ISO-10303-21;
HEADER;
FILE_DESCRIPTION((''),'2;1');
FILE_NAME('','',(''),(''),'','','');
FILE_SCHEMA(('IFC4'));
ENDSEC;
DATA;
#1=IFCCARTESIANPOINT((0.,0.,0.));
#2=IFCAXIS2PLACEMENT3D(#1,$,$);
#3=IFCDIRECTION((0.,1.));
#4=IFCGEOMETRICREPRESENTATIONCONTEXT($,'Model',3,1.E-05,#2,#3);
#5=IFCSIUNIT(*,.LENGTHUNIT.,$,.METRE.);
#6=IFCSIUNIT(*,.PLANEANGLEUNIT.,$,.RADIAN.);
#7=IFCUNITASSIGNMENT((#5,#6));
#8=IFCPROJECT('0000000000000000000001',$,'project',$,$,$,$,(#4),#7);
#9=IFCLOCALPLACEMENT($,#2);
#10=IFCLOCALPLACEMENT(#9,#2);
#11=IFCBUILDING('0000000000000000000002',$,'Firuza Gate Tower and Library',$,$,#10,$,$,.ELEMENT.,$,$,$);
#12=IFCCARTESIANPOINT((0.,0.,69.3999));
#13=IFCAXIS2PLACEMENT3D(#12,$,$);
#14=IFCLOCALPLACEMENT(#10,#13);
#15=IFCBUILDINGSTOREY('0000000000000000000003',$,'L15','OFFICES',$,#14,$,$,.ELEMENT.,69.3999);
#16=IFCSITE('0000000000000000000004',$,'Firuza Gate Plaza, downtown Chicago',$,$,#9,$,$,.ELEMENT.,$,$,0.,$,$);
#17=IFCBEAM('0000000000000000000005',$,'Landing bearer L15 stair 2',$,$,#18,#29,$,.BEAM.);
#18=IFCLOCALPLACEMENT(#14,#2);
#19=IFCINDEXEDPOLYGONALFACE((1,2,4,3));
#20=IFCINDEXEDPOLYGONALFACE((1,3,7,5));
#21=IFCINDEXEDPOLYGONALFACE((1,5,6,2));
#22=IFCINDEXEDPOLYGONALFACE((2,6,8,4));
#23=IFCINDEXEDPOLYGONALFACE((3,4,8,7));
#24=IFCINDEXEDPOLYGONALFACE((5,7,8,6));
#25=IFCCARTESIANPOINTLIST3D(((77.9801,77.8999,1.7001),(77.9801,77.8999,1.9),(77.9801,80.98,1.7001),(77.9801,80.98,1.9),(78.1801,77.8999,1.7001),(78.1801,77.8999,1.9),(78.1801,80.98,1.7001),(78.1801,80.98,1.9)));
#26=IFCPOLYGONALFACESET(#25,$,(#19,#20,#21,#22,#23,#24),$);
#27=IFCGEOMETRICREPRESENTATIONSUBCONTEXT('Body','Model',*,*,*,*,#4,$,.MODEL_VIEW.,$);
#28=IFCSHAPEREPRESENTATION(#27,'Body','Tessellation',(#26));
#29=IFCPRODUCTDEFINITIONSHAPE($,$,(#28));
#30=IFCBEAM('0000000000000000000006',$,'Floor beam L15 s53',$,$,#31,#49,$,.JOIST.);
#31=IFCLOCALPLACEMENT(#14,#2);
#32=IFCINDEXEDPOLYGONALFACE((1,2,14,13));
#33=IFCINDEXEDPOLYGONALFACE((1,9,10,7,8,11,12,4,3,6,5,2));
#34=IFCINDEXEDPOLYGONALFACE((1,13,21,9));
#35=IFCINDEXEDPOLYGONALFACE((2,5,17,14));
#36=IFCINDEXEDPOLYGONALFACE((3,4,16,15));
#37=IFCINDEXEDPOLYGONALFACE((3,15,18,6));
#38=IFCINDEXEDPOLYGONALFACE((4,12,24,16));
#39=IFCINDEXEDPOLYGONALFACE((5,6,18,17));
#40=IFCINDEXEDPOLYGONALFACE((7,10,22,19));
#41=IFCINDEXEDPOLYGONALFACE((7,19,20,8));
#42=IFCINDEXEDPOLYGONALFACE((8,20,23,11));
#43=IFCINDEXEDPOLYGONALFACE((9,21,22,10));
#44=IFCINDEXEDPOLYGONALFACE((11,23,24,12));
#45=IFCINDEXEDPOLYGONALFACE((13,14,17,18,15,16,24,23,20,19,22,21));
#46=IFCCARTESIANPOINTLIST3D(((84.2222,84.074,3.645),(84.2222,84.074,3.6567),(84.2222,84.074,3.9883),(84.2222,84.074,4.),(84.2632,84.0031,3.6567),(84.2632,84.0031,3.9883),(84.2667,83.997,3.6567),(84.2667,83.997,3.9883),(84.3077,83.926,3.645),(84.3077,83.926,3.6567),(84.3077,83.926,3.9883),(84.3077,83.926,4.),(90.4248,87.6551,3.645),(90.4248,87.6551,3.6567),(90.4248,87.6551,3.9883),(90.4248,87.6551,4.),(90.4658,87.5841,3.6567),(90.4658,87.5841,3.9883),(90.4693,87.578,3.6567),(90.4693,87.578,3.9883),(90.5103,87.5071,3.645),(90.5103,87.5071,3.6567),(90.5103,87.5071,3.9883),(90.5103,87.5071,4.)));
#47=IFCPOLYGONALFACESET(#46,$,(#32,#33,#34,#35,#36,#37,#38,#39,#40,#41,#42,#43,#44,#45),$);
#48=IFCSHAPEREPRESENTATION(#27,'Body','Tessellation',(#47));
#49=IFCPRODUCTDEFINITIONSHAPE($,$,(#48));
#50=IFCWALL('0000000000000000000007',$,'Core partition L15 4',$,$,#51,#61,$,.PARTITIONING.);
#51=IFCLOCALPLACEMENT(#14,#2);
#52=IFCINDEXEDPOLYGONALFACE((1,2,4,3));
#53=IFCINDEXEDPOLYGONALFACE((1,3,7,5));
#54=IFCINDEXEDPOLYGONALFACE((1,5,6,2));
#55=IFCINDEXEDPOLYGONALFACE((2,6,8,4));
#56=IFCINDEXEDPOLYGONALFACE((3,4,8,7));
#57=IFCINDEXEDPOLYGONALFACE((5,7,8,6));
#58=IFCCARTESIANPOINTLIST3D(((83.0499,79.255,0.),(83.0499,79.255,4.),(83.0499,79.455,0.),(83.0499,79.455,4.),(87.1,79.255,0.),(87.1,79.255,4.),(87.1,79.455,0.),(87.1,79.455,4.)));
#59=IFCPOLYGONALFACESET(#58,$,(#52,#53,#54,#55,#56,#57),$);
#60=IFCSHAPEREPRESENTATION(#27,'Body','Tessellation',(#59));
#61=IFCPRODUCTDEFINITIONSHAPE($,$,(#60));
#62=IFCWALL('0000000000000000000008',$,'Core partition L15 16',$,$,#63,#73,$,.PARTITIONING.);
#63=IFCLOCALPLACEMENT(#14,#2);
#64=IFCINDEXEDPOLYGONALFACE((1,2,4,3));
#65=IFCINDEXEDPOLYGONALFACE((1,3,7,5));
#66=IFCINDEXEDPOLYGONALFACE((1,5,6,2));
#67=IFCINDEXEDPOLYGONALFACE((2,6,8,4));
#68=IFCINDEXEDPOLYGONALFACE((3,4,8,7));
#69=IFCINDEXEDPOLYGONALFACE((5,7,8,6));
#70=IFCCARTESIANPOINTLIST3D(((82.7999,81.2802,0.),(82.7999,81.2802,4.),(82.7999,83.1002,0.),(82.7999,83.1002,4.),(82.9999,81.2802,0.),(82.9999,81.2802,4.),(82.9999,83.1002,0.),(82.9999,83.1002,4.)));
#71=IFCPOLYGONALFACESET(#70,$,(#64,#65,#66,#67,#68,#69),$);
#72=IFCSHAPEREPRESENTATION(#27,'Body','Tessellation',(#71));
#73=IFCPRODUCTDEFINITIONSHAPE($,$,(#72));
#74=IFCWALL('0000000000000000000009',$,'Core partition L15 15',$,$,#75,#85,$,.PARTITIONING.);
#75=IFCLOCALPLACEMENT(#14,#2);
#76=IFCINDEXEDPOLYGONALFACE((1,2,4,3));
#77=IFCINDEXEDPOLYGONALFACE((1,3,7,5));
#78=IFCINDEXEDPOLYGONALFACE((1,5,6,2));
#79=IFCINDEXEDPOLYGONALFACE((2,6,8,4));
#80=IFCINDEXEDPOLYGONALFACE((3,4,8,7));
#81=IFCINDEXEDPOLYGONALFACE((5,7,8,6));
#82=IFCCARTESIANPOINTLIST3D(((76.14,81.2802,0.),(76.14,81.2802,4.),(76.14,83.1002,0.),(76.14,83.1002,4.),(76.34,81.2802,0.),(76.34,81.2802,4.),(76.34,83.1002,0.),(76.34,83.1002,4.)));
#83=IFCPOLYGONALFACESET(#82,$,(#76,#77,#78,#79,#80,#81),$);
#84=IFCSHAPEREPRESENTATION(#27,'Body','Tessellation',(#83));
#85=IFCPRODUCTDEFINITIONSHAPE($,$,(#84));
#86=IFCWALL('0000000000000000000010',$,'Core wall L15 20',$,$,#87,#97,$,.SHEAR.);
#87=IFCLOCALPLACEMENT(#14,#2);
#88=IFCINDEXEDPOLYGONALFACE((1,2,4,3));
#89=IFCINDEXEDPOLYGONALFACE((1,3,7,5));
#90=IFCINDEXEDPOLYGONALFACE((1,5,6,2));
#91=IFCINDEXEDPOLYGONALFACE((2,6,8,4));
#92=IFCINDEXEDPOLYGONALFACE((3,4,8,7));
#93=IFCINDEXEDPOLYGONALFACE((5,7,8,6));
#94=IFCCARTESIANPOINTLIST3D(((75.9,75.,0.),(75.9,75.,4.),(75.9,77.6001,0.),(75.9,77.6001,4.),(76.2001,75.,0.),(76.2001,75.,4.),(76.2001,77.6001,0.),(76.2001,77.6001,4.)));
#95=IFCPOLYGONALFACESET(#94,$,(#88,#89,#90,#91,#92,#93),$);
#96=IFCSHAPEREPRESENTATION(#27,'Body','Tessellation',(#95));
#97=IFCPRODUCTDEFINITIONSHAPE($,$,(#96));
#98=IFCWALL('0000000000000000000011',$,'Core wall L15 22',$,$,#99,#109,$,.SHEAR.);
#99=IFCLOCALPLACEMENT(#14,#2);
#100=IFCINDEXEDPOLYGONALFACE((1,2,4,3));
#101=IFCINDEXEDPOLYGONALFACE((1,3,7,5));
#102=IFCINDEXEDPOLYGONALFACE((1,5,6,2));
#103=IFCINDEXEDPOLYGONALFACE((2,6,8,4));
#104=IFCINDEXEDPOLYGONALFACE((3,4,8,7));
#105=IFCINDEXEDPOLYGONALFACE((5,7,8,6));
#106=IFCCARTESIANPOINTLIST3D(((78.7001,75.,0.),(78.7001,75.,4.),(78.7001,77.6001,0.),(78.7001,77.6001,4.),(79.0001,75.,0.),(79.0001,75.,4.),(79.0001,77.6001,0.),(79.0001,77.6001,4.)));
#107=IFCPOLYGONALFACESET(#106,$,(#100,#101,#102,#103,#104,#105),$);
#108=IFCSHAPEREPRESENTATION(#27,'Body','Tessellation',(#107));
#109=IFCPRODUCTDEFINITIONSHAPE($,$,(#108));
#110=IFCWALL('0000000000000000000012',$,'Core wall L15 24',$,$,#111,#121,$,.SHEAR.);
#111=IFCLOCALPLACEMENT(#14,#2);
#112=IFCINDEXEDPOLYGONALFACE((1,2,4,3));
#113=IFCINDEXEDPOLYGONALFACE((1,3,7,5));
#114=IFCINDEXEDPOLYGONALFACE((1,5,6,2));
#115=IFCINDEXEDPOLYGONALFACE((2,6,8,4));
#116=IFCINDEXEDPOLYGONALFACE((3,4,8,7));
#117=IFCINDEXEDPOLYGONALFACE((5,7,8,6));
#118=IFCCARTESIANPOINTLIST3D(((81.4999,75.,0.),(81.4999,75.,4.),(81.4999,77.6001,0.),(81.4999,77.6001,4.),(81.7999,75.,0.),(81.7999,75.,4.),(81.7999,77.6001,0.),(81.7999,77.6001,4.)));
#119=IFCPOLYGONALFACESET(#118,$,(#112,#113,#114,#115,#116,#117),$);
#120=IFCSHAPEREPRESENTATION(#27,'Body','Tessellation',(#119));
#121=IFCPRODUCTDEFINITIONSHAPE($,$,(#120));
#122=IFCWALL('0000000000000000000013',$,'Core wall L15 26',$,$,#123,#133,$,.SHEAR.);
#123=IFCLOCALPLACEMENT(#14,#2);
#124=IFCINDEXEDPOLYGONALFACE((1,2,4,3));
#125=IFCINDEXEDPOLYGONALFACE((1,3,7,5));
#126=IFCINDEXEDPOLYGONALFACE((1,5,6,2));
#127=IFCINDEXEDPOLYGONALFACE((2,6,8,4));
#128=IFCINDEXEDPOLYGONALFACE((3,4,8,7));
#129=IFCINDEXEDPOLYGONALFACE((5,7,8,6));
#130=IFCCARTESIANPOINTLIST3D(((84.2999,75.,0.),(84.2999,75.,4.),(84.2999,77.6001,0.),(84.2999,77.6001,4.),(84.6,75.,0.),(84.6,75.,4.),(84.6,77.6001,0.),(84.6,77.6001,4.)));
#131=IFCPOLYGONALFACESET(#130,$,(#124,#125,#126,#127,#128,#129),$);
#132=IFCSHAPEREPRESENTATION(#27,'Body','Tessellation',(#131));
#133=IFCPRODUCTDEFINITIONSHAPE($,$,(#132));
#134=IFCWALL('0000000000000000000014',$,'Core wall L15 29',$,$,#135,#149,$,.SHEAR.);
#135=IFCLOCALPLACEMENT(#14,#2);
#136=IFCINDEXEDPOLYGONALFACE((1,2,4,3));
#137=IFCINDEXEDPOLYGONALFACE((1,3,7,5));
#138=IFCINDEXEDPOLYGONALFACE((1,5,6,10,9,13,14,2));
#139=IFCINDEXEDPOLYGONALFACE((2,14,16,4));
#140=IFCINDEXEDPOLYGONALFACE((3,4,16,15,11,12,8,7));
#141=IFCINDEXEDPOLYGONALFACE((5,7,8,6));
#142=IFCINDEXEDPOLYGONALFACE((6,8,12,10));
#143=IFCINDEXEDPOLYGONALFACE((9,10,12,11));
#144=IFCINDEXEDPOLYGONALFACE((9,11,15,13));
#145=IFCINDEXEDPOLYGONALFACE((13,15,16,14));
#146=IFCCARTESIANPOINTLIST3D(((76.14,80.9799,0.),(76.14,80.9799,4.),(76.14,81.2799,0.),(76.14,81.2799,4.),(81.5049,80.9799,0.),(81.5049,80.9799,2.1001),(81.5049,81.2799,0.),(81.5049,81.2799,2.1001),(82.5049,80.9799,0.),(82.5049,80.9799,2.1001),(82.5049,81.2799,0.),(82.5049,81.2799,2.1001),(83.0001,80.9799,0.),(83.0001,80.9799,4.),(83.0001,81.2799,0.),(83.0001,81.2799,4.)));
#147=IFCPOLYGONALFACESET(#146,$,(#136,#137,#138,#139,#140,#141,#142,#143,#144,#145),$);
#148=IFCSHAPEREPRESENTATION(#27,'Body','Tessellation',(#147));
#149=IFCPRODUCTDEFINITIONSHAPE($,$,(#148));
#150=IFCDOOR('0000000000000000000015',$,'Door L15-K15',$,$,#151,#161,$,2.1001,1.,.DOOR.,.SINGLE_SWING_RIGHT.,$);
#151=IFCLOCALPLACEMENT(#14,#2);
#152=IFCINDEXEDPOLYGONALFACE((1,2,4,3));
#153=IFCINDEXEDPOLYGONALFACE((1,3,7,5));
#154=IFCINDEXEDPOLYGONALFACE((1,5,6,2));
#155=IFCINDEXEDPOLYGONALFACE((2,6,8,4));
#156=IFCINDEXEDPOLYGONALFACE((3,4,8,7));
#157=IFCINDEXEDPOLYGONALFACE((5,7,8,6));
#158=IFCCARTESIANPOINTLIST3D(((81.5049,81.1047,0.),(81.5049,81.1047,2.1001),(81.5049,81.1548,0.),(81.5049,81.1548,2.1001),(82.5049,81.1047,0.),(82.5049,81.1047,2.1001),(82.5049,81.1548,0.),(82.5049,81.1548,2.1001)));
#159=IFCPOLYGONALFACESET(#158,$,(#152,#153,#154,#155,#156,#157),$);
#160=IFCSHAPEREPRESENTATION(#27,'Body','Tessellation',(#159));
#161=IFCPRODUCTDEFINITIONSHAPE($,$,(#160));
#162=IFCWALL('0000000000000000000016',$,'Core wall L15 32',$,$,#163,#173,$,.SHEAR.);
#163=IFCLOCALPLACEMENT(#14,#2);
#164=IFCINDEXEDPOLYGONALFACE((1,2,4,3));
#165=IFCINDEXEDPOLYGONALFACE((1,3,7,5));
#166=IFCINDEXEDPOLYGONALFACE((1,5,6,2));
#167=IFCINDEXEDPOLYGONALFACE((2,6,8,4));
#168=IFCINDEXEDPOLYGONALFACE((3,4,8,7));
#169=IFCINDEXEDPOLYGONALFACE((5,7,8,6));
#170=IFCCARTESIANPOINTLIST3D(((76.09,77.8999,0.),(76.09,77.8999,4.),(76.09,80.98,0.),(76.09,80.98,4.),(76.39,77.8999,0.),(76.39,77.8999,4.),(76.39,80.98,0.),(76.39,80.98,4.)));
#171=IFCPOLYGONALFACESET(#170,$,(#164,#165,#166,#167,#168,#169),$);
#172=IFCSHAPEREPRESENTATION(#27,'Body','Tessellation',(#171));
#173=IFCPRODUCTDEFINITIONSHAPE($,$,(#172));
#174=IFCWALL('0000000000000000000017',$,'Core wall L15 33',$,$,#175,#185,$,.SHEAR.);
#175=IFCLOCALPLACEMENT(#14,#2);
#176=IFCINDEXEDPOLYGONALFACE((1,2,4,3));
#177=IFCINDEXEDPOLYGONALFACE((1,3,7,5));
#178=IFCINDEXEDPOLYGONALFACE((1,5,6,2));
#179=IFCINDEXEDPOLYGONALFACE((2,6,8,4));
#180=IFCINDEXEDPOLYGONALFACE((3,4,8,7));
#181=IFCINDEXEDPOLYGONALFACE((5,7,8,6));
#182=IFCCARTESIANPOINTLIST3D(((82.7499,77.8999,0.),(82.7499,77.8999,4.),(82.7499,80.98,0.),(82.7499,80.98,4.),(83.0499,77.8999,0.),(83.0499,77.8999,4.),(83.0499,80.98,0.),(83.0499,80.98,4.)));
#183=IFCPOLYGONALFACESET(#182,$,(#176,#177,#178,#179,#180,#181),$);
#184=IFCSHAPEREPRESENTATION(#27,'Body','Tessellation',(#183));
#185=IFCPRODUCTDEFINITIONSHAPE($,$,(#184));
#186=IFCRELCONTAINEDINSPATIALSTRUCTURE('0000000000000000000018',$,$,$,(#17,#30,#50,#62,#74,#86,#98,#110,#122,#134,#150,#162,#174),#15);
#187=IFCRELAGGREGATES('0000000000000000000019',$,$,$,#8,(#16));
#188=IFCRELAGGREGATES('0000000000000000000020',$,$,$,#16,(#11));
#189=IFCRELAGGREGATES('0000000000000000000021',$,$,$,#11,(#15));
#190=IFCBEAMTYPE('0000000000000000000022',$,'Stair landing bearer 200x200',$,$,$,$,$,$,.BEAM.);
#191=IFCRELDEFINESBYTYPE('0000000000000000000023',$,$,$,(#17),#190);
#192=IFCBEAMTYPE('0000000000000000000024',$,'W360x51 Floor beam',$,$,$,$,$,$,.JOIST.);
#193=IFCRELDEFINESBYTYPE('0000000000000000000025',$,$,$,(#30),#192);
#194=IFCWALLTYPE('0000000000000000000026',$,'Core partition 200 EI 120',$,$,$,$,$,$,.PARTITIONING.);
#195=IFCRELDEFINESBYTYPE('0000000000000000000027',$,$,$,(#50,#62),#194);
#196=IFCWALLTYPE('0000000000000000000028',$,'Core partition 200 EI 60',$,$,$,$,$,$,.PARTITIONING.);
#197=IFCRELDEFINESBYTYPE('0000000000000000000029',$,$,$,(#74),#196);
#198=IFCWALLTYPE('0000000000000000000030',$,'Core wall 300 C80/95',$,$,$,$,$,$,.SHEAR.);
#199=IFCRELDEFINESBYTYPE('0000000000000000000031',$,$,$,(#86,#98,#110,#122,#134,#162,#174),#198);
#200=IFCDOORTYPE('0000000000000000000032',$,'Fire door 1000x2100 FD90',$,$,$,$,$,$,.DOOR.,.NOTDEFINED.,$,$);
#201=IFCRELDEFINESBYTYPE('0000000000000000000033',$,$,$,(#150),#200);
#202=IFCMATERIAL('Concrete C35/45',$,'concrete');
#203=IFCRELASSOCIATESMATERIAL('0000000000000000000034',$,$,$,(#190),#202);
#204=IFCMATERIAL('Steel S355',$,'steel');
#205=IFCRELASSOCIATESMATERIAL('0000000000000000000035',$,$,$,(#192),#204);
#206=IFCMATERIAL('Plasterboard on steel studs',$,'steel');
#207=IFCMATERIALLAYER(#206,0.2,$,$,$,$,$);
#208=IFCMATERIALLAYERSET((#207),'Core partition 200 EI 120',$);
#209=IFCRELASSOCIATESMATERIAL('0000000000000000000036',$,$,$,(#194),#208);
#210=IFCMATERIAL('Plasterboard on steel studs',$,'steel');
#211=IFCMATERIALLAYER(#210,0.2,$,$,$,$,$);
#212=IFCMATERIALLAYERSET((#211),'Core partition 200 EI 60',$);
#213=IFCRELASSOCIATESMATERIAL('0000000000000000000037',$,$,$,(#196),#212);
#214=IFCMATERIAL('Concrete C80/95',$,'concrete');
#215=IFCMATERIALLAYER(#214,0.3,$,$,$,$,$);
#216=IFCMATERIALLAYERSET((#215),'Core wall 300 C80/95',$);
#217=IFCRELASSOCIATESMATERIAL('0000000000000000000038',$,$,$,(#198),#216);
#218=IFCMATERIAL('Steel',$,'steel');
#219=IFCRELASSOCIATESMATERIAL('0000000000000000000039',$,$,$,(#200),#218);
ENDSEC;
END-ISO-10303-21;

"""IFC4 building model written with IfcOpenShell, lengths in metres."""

from ifc_helpers import new_model, si_unit, direction, frame, frame_2d, origin, origin_2d, place, context, subcontext, project, spatial, rectangle, i_section, extrude, material, layer, layer_set, material_profile, profile_set, type_object, element, fill, save


model = new_model("IFC4")

# Units and contexts
model_context = context("Model", 3, precision=1e-05, world=origin(), true_north=direction((0.0, 1.0)))
body_context = subcontext(model_context, "Body", "Model", "MODEL_VIEW")
ifc_project = project(units=[si_unit("LENGTHUNIT", "METRE"), si_unit("PLANEANGLEUNIT", "RADIAN")], contexts=[model_context])

# Site, building, storey
site_placement = place(None, origin())
site = spatial("IfcSite", under=ifc_project, at=site_placement, Name="Firuza Gate Plaza, downtown Chicago", CompositionType="ELEMENT", RefElevation=0.0)
building_placement = place(site_placement, origin())
building = spatial("IfcBuilding", under=site, at=building_placement, Name="Firuza Gate Tower and Library", CompositionType="ELEMENT")
storey_placement = place(building_placement, frame((0.0, 0.0, 69.3999)))
storey = spatial("IfcBuildingStorey", under=building, at=storey_placement, Name="L15", Description="OFFICES", CompositionType="ELEMENT", Elevation=69.3999)

# Beams
ifc_material_1 = material(Name="Concrete C35/45", Category="concrete")
ifc_material_profile_1 = material_profile(ifc_material_1, rectangle(XDim=0.2, YDim=0.2, at=origin_2d()))
ifc_profile_set_1 = profile_set([ifc_material_profile_1], Name="Concrete C35/45")
beam_type_1 = type_object("IfcBeamType", Name="Stair landing bearer 200x200", PredefinedType="BEAM", material=ifc_profile_set_1)
beam_1_placement = place(storey_placement, frame((78.0801, 80.98, 1.8), z_axis=(0.0, -1.0, 0.0), x_axis=(1.0, 0.0, 0.0)))
element("IfcBeam", 1, at=beam_1_placement, inside=storey, type_object=beam_type_1, Name="Landing bearer L15 stair 2", PredefinedType="BEAM", context=body_context, shape_type="SweptSolid", body=[
    extrude(rectangle(XDim=0.2, YDim=0.2, at=origin_2d()), origin(), (0.0, 0.0, 1.0), 3.0801),
])
ifc_material_2 = material(Name="Steel S355", Category="steel")
ifc_material_profile_2 = material_profile(ifc_material_2, i_section(OverallWidth=0.1709, OverallDepth=0.355, WebThickness=0.0071, FlangeThickness=0.0117, at=origin_2d()))
ifc_profile_set_2 = profile_set([ifc_material_profile_2], Name="Steel S355")
beam_type_2 = type_object("IfcBeamType", Name="W360x51 Floor beam", PredefinedType="JOIST", material=ifc_profile_set_2)
beam_2_placement = place(storey_placement, frame((90.4675, 87.5811, 3.8225), z_axis=(-0.866028, -0.499996, 0.0), x_axis=(0.499996, -0.866028, 0.0)))
element("IfcBeam", 2, at=beam_2_placement, inside=storey, type_object=beam_type_2, Name="Floor beam L15 s53", PredefinedType="JOIST", context=body_context, shape_type="SweptSolid", body=[
    extrude(i_section(OverallWidth=0.1709, OverallDepth=0.355, WebThickness=0.0071, FlangeThickness=0.0117, at=origin_2d()), origin(), (0.0, 0.0, 1.0), 7.1621),
])

# Walls
ifc_material_3 = material(Name="Plasterboard on steel studs", Category="steel")
ifc_layer_1 = layer(ifc_material_3, 0.2)
ifc_layer_set_1 = layer_set([ifc_layer_1], Name="Core partition 200 EI 120")
wall_type_1 = type_object("IfcWallType", Name="Core partition 200 EI 120", PredefinedType="PARTITIONING", material=ifc_layer_set_1)
wall_1_placement = place(storey_placement, frame((83.05, 79.355, 0.0), z_axis=(0.0, 0.0, 1.0), x_axis=(1.0, 0.0, 0.0)))
element("IfcWall", 3, at=wall_1_placement, inside=storey, type_object=wall_type_1, Name="Core partition L15 4", PredefinedType="PARTITIONING", context=body_context, shape_type="SweptSolid", body=[
    extrude(rectangle(XDim=4.05, YDim=0.2, at=frame_2d((2.0249, 0.0))), origin(), (0.0, 0.0, 1.0), 4.0),
])
wall_2_placement = place(storey_placement, frame((82.8999, 81.28, 0.0), z_axis=(0.0, 0.0, 1.0), x_axis=(0.0, 1.0, 0.0)))
element("IfcWall", 4, at=wall_2_placement, inside=storey, type_object=wall_type_1, Name="Core partition L15 16", PredefinedType="PARTITIONING", context=body_context, shape_type="SweptSolid", body=[
    extrude(rectangle(XDim=1.8201, YDim=0.2, at=frame_2d((0.9102, 0.0))), origin(), (0.0, 0.0, 1.0), 4.0),
])
ifc_material_4 = material(Name="Plasterboard on steel studs", Category="steel")
ifc_layer_2 = layer(ifc_material_4, 0.2)
ifc_layer_set_2 = layer_set([ifc_layer_2], Name="Core partition 200 EI 60")
wall_type_2 = type_object("IfcWallType", Name="Core partition 200 EI 60", PredefinedType="PARTITIONING", material=ifc_layer_set_2)
wall_3_placement = place(storey_placement, frame((76.24, 81.28, 0.0), z_axis=(0.0, 0.0, 1.0), x_axis=(0.0, 1.0, 0.0)))
element("IfcWall", 5, at=wall_3_placement, inside=storey, type_object=wall_type_2, Name="Core partition L15 15", PredefinedType="PARTITIONING", context=body_context, shape_type="SweptSolid", body=[
    extrude(rectangle(XDim=1.8201, YDim=0.2, at=frame_2d((0.9102, 0.0))), origin(), (0.0, 0.0, 1.0), 4.0),
])
ifc_material_5 = material(Name="Concrete C80/95", Category="concrete")
ifc_layer_3 = layer(ifc_material_5, 0.3)
ifc_layer_set_3 = layer_set([ifc_layer_3], Name="Core wall 300 C80/95")
wall_type_3 = type_object("IfcWallType", Name="Core wall 300 C80/95", PredefinedType="SHEAR", material=ifc_layer_set_3)
for number, where, z_axis, x_axis, name in (
    (6, (76.05, 75.0, 0.0), (0.0, 0.0, 1.0), (0.0, 1.0, 0.0), "Core wall L15 20"),
    (7, (78.8501, 75.0, 0.0), (0.0, 0.0, 1.0), (0.0, 1.0, 0.0), "Core wall L15 22"),
    (8, (81.6499, 75.0, 0.0), (0.0, 0.0, 1.0), (0.0, 1.0, 0.0), "Core wall L15 24"),
    (9, (84.45, 75.0, 0.0), (0.0, 0.0, 1.0), (0.0, 1.0, 0.0), "Core wall L15 26"),
):
    element("IfcWall", number, at=place(storey_placement, frame(where, z_axis=z_axis, x_axis=x_axis)), inside=storey, type_object=wall_type_3, Name=name, PredefinedType="SHEAR", context=body_context, shape_type="SweptSolid", body=[
        extrude(rectangle(XDim=2.6001, YDim=0.3, at=frame_2d((1.3, 0.0))), origin(), (0.0, 0.0, 1.0), 4.0),
    ])

# Wall, opening, door
wall_4_placement = place(storey_placement, frame((76.1399, 81.1299, 0.0), z_axis=(0.0, 0.0, 1.0), x_axis=(1.0, 0.0, 0.0)))
wall_4 = element("IfcWall", 10, at=wall_4_placement, inside=storey, type_object=wall_type_3, Name="Core wall L15 29", PredefinedType="SHEAR", context=body_context, shape_type="SweptSolid", body=[
    extrude(rectangle(XDim=6.8601, YDim=0.3, at=frame_2d((3.4302, 0.0))), origin(), (0.0, 0.0, 1.0), 4.0),
])
opening_1_placement = place(wall_4_placement, frame((5.365, 0.0, 0.0)))
opening_1 = element("IfcOpeningElement", 11, at=opening_1_placement, cuts=wall_4, PredefinedType="OPENING", context=body_context, shape_type="SweptSolid", body=[
    extrude(rectangle(XDim=1.0, YDim=2.1001, at=frame_2d((0.5, 1.05))), frame((0.0, 0.1602, 0.0), z_axis=(0.0, -1.0, 0.0), x_axis=(1.0, 0.0, 0.0)), (0.0, 0.0, 1.0), 0.3201),
])
ifc_material_6 = material(Name="Steel", Category="steel")
door_type_1 = type_object("IfcDoorType", Name="Fire door 1000x2100 FD90", OperationType="NOTDEFINED", PredefinedType="DOOR", material=ifc_material_6)
door_1_placement = place(opening_1_placement, origin())
door_1 = element("IfcDoor", 12, at=door_1_placement, inside=storey, type_object=door_type_1, Name="Door L15-K15", OperationType="SINGLE_SWING_RIGHT", OverallHeight=2.1001, OverallWidth=1.0, PredefinedType="DOOR", context=body_context, shape_type="SweptSolid", body=[
    extrude(rectangle(XDim=1.0, YDim=2.1001, at=frame_2d((0.5, 1.05))), frame((0.0, 0.0249, 0.0), z_axis=(0.0, -1.0, 0.0), x_axis=(1.0, 0.0, 0.0)), (0.0, 0.0, 1.0), 0.05),
])
fill(opening_1, door_1)

# Walls
for number, where, z_axis, x_axis, name in (
    (13, (76.24, 77.8999, 0.0), (0.0, 0.0, 1.0), (0.0, 1.0, 0.0), "Core wall L15 32"),
    (14, (82.8999, 77.8999, 0.0), (0.0, 0.0, 1.0), (0.0, 1.0, 0.0), "Core wall L15 33"),
):
    element("IfcWall", number, at=place(storey_placement, frame(where, z_axis=z_axis, x_axis=x_axis)), inside=storey, type_object=wall_type_3, Name=name, PredefinedType="SHEAR", context=body_context, shape_type="SweptSolid", body=[
        extrude(rectangle(XDim=3.0801, YDim=0.3, at=frame_2d((1.54, 0.0))), origin(), (0.0, 0.0, 1.0), 4.0),
    ])

save(model, "model.ifc")
